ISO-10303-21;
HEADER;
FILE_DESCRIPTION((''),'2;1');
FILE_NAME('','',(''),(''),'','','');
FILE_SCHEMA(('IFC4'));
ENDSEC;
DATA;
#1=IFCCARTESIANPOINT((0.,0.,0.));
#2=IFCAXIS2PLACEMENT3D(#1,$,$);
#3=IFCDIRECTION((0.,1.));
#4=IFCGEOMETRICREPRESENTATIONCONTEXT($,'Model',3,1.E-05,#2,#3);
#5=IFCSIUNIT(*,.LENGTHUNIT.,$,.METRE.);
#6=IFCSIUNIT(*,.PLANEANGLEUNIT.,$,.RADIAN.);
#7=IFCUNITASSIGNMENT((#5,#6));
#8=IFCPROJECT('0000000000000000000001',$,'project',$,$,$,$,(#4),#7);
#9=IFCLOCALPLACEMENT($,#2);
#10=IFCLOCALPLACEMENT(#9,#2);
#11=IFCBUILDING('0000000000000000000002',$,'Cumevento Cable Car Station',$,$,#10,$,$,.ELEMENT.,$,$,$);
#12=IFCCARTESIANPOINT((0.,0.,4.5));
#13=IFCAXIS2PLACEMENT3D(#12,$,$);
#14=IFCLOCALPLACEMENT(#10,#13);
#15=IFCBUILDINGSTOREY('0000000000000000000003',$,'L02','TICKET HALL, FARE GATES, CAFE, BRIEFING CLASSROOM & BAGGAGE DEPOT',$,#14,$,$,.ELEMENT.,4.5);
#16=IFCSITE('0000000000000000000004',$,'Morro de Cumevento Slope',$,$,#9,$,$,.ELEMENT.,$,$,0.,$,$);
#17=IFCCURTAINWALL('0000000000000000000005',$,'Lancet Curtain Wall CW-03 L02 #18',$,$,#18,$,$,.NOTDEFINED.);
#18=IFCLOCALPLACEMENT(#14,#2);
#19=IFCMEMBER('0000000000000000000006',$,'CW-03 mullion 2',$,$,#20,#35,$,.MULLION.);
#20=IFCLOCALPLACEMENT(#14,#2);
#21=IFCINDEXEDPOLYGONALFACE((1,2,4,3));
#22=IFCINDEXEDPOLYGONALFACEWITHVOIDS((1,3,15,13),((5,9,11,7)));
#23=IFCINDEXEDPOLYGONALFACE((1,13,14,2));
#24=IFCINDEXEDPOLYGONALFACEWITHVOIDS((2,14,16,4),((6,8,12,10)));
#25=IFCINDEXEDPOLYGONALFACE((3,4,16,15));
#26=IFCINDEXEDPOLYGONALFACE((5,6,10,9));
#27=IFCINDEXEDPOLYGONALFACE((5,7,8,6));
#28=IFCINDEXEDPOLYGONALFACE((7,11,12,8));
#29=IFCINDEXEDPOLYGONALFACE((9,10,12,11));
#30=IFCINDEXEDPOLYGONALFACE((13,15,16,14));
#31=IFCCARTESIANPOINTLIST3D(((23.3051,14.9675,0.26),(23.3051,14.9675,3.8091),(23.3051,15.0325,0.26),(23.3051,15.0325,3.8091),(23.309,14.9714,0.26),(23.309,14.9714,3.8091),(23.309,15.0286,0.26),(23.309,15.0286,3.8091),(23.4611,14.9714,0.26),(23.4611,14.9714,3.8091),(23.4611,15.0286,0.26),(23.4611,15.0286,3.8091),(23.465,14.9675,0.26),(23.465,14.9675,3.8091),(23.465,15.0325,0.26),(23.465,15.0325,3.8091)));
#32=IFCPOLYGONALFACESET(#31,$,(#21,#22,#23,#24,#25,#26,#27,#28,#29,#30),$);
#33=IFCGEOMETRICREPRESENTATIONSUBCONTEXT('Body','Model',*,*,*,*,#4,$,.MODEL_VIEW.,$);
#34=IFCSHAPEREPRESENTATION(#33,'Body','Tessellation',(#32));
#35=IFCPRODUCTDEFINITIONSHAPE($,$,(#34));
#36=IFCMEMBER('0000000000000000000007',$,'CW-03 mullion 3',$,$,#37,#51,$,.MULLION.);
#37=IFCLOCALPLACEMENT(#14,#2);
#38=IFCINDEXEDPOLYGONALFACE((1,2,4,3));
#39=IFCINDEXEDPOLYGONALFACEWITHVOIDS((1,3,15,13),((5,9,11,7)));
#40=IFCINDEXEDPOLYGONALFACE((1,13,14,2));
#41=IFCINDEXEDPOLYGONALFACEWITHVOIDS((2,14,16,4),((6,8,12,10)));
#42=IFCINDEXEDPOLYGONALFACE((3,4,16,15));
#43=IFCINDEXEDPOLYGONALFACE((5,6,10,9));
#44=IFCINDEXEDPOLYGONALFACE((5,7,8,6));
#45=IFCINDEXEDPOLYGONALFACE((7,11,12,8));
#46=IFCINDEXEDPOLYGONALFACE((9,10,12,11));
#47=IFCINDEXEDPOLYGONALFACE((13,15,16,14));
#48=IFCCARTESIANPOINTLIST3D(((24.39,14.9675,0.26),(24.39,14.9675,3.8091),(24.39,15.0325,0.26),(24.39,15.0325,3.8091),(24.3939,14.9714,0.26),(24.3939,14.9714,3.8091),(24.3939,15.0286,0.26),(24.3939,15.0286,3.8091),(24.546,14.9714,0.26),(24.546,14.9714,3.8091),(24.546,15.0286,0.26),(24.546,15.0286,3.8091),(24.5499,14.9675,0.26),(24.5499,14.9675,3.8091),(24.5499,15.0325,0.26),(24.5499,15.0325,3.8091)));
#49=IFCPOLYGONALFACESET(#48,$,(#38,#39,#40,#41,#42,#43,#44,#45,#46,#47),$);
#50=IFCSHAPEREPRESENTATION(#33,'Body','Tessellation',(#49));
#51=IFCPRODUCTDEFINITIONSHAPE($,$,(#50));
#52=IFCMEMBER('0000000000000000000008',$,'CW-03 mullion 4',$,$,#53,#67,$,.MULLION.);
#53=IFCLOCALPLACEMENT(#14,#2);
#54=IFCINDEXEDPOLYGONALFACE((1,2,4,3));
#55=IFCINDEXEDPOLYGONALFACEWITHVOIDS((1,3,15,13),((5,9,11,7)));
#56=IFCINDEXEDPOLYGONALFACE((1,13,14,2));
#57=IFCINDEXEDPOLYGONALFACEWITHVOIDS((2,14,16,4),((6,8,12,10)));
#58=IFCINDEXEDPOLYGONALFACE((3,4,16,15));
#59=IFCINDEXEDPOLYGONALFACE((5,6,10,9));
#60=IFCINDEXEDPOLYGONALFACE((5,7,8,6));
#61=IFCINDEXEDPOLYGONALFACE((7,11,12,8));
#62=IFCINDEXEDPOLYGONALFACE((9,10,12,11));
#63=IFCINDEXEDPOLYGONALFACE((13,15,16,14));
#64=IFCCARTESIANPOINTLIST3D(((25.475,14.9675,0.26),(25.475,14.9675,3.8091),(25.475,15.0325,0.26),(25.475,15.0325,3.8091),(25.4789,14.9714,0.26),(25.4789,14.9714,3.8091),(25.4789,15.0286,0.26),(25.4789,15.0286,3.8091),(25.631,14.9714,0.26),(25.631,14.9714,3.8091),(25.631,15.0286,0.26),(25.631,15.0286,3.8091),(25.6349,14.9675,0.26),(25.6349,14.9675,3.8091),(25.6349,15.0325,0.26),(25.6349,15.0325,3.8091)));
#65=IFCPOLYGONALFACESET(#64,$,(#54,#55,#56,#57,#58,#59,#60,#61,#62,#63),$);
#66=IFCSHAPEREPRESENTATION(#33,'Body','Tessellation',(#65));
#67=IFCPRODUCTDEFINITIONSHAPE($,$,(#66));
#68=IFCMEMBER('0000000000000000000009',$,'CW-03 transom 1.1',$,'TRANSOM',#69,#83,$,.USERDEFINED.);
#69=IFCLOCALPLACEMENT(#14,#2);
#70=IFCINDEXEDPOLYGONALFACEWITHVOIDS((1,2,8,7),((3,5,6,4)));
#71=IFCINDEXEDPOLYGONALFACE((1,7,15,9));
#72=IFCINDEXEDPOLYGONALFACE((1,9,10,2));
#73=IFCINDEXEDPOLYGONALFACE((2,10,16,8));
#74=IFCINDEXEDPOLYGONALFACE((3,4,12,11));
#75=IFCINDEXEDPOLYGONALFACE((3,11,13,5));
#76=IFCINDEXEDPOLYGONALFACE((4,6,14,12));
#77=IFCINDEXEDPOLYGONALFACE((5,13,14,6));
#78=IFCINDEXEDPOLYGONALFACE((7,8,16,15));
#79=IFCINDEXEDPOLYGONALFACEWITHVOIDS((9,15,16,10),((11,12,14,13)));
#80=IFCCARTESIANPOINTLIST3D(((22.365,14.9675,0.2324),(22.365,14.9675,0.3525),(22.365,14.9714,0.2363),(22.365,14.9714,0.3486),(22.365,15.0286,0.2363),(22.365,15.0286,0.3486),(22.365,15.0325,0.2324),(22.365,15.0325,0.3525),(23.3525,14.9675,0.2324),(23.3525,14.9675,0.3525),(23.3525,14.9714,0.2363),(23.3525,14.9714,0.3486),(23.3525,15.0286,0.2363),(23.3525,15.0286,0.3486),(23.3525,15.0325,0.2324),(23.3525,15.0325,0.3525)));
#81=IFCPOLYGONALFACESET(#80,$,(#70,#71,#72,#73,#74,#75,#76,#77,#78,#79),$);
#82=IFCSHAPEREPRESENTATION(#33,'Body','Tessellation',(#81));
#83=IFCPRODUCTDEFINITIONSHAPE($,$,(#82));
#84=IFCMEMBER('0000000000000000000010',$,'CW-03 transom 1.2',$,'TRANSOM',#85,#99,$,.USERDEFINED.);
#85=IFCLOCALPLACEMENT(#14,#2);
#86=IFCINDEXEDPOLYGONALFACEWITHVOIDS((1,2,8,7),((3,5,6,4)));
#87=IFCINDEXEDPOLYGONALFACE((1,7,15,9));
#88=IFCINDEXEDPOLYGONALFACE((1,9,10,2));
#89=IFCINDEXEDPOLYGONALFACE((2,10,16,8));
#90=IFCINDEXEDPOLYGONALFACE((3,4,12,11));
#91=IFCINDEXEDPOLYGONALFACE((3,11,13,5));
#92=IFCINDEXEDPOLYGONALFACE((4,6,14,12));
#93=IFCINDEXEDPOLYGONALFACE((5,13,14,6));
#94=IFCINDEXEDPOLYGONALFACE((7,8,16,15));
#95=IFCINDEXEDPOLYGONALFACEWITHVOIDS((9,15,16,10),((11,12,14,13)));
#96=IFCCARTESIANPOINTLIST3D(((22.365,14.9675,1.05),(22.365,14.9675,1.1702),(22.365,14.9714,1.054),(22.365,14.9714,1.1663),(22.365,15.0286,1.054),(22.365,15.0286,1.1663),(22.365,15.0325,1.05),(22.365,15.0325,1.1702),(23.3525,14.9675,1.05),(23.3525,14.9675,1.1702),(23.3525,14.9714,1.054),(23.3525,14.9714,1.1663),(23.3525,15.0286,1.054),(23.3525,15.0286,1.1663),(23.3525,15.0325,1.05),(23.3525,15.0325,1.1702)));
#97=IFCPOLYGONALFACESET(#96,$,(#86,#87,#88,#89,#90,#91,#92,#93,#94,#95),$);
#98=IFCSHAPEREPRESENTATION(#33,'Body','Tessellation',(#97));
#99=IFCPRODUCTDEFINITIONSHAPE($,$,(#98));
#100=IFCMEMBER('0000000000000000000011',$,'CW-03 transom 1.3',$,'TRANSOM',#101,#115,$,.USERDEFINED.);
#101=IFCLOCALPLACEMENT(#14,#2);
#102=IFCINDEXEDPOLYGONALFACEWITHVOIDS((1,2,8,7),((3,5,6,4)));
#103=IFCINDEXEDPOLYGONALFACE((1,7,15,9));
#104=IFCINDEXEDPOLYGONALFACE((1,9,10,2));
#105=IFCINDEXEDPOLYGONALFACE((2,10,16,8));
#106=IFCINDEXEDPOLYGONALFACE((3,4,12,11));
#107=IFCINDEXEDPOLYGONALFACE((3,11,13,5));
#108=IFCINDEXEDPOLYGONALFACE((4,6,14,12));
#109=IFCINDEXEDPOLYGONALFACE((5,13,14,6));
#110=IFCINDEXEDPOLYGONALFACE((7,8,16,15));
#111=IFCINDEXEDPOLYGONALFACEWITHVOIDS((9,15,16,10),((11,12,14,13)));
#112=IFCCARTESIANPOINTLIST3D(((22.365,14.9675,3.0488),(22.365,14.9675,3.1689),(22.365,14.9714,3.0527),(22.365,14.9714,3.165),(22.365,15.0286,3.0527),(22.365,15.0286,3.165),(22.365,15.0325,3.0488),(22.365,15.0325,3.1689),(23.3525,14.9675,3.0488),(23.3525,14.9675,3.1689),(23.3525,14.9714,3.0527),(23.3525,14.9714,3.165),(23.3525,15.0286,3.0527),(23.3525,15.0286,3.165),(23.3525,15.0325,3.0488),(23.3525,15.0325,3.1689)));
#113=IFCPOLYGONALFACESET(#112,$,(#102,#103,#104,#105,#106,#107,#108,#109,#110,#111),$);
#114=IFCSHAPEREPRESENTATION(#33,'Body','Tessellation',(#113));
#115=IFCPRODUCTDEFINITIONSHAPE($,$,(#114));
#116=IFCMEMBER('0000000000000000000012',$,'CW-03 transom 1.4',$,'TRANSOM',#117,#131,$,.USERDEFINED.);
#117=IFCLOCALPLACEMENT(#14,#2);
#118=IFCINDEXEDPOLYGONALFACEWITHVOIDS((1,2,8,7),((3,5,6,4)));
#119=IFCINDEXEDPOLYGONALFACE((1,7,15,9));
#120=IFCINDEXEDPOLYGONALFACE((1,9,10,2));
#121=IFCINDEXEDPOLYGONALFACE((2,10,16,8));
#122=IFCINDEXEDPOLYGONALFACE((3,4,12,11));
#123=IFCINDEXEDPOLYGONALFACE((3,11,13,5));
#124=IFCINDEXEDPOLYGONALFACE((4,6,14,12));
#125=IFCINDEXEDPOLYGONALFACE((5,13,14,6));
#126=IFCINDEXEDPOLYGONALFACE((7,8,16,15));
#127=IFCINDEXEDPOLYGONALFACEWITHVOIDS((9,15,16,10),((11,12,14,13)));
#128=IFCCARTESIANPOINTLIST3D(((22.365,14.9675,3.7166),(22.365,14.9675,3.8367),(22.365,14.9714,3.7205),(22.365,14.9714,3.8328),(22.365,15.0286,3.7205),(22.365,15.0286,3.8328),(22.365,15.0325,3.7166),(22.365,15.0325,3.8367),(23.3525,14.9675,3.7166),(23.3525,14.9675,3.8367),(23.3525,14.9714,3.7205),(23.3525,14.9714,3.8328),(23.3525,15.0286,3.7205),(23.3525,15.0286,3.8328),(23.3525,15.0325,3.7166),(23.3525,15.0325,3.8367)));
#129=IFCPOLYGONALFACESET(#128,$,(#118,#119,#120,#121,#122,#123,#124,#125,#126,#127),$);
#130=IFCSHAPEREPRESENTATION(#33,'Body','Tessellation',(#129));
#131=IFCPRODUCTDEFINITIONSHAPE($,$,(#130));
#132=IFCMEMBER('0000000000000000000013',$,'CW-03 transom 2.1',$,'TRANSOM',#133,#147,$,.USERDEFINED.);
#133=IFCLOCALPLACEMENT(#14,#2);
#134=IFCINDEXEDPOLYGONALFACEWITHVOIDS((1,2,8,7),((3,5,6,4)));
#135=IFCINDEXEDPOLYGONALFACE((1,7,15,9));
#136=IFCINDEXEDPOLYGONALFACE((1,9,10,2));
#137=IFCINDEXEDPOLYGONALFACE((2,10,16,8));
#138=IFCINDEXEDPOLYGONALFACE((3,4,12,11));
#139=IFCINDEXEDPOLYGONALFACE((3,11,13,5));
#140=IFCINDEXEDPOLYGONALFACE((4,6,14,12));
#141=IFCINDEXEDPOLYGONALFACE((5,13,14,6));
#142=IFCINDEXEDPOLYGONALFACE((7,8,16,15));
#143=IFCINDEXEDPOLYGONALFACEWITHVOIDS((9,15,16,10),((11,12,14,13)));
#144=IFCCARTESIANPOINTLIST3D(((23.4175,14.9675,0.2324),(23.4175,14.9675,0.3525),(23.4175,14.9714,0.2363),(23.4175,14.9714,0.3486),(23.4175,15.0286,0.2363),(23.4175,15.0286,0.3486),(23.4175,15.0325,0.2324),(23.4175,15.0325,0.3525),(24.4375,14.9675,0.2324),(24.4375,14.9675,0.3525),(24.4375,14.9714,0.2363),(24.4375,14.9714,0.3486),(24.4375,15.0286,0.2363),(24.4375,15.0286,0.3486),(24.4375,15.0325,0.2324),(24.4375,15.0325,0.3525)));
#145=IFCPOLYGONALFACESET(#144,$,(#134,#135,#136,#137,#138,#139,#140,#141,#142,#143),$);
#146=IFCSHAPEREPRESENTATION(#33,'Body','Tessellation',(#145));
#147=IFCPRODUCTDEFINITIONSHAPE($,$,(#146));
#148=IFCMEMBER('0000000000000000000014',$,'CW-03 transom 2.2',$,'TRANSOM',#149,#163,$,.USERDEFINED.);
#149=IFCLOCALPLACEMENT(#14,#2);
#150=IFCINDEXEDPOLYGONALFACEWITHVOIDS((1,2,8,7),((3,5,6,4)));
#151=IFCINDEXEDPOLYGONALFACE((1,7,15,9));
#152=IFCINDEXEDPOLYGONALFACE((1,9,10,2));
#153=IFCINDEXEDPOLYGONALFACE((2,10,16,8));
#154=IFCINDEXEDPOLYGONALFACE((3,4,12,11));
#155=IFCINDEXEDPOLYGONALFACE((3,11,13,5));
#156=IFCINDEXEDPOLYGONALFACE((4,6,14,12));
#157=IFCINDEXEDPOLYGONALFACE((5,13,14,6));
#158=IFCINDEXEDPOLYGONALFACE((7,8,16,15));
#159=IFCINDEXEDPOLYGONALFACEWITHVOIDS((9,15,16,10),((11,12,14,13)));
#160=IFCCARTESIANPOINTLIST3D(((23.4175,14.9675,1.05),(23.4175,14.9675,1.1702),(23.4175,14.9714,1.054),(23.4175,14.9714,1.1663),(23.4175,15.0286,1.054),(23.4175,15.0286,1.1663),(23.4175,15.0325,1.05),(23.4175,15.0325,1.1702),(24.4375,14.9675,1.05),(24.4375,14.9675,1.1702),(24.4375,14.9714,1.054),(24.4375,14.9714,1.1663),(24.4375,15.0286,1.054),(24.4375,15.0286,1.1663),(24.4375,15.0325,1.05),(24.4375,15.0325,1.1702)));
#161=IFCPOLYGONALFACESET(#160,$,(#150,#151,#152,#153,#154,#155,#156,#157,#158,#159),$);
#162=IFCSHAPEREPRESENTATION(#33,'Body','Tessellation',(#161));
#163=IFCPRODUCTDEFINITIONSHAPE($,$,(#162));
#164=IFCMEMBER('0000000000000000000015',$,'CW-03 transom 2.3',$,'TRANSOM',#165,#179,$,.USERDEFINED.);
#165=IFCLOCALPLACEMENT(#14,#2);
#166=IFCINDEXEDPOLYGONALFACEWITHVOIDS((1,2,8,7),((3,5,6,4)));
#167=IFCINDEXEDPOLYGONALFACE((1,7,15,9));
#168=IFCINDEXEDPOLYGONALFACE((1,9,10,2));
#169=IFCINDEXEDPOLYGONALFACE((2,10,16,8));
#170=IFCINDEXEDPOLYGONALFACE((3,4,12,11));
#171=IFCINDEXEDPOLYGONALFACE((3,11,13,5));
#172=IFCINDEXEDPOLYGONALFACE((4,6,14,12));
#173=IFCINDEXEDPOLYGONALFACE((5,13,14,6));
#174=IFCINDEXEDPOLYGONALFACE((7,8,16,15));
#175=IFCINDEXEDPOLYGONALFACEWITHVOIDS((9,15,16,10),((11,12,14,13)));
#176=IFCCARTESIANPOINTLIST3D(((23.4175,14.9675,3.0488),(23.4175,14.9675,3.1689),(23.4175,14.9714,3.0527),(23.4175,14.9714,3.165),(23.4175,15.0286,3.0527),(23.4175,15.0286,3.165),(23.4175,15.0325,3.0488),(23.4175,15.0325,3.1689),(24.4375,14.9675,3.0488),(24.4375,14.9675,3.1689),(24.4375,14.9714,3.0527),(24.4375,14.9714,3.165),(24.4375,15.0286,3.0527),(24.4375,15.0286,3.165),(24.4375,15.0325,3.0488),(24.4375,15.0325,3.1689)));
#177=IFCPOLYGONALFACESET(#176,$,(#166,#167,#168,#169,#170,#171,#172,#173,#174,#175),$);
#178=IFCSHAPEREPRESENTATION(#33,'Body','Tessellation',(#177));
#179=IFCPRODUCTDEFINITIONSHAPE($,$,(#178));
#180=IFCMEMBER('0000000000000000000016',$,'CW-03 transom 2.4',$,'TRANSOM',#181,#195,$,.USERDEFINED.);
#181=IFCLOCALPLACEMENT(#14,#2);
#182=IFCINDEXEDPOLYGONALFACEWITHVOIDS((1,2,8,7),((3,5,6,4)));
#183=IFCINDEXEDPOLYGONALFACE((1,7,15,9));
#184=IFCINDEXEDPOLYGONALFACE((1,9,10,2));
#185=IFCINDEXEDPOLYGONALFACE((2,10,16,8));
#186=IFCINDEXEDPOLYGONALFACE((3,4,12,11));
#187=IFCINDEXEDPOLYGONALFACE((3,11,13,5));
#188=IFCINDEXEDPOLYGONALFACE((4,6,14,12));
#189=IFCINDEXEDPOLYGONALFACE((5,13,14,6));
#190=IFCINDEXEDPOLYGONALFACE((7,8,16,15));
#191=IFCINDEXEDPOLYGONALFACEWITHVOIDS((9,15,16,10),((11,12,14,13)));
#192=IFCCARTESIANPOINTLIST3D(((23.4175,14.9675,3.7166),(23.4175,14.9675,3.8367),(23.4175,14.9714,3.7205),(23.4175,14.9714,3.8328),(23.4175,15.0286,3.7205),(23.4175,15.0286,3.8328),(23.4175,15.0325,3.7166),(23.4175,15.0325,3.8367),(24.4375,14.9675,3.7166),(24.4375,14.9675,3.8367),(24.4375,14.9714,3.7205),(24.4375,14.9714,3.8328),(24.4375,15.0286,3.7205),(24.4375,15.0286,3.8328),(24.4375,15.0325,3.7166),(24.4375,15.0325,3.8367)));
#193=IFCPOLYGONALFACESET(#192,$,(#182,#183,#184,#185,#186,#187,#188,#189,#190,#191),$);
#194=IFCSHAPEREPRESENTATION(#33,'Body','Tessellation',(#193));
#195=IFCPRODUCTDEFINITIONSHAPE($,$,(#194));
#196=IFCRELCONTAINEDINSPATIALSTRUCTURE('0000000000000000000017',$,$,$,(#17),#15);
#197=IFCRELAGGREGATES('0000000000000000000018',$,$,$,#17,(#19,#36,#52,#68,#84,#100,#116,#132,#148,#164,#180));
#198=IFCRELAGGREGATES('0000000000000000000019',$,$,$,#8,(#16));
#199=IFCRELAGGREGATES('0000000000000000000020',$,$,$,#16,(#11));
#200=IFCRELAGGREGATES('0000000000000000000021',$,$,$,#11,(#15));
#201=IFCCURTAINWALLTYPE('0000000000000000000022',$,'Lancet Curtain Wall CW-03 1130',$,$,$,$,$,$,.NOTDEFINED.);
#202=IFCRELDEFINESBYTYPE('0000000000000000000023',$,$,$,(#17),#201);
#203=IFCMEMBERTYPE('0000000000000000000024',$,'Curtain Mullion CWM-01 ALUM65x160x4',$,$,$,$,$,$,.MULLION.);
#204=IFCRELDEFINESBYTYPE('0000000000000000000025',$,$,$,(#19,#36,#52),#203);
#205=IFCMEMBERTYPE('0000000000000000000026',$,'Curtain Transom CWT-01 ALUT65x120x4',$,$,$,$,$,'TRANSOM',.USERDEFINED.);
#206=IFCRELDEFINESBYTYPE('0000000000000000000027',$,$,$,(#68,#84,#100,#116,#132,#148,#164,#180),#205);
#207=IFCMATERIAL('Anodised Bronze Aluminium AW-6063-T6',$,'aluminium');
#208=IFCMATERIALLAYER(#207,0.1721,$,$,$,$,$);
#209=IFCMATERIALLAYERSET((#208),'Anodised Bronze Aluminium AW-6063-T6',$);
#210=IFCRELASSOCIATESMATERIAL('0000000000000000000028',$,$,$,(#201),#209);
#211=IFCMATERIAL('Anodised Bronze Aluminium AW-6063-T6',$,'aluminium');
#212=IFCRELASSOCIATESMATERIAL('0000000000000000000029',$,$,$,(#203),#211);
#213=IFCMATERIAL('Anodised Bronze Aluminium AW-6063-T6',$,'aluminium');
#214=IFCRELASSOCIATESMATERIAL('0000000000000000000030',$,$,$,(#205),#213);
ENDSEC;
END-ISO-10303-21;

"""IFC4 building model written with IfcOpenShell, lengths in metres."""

from ifc_helpers import new_model, si_unit, direction, frame, origin, origin_2d, place, context, subcontext, project, spatial, hollow_rectangle, extrude, material, layer, layer_set, material_profile, profile_set, type_object, element, aggregate, save


model = new_model("IFC4")

# Units and contexts
model_context = context("Model", 3, precision=1e-05, world=origin(), true_north=direction((0.0, 1.0)))
body_context = subcontext(model_context, "Body", "Model", "MODEL_VIEW")
ifc_project = project(units=[si_unit("LENGTHUNIT", "METRE"), si_unit("PLANEANGLEUNIT", "RADIAN")], contexts=[model_context])

# Site, building, storey
site_placement = place(None, origin())
site = spatial("IfcSite", under=ifc_project, at=site_placement, Name="Morro de Cumevento Slope", CompositionType="ELEMENT", RefElevation=0.0)
building_placement = place(site_placement, origin())
building = spatial("IfcBuilding", under=site, at=building_placement, Name="Cumevento Cable Car Station", CompositionType="ELEMENT")
storey_placement = place(building_placement, frame((0.0, 0.0, 4.5)))
storey = spatial("IfcBuildingStorey", under=building, at=storey_placement, Name="L02", Description="TICKET HALL, FARE GATES, CAFE, BRIEFING CLASSROOM & BAGGAGE DEPOT", CompositionType="ELEMENT", Elevation=4.5)

# Curtain wall, members
ifc_material_1 = material(Name="Anodised Bronze Aluminium AW-6063-T6", Category="aluminium")
ifc_layer_1 = layer(ifc_material_1, 0.1721)
ifc_layer_set_1 = layer_set([ifc_layer_1], Name="Anodised Bronze Aluminium AW-6063-T6")
curtain_wall_type = type_object("IfcCurtainWallType", Name="Lancet Curtain Wall CW-03 1130", PredefinedType="NOTDEFINED", material=ifc_layer_set_1)
curtain_wall_placement = place(storey_placement, origin())
curtain_wall = element("IfcCurtainWall", 1, at=curtain_wall_placement, inside=storey, type_object=curtain_wall_type, Name="Lancet Curtain Wall CW-03 L02 #18", PredefinedType="NOTDEFINED")
ifc_material_2 = material(Name="Anodised Bronze Aluminium AW-6063-T6", Category="aluminium")
ifc_material_profile_1 = material_profile(ifc_material_2, hollow_rectangle(XDim=0.0649, YDim=0.1599, WallThickness=0.0039, at=origin_2d()), Name="ALUM65x160x4")
ifc_profile_set_1 = profile_set([ifc_material_profile_1], Name="Anodised Bronze Aluminium AW-6063-T6")
member_type_1 = type_object("IfcMemberType", Name="Curtain Mullion CWM-01 ALUM65x160x4", PredefinedType="MULLION", material=ifc_profile_set_1)
member_1_placement = place(storey_placement, frame((23.385, 15.0, 0.26), z_axis=(0.0, 0.0, 1.0), x_axis=(0.0, 1.0, 0.0)))
member_1 = element("IfcMember", 2, at=member_1_placement, type_object=member_type_1, Name="CW-03 mullion 2", PredefinedType="MULLION", context=body_context, shape_type="SweptSolid", body=[
    extrude(hollow_rectangle(XDim=0.0649, YDim=0.1599, WallThickness=0.0039, at=origin_2d()), origin(), (0.0, 0.0, 1.0), 3.5491),
])
member_2_placement = place(storey_placement, frame((24.47, 15.0, 0.26), z_axis=(0.0, 0.0, 1.0), x_axis=(0.0, 1.0, 0.0)))
member_2 = element("IfcMember", 3, at=member_2_placement, type_object=member_type_1, Name="CW-03 mullion 3", PredefinedType="MULLION", context=body_context, shape_type="SweptSolid", body=[
    extrude(hollow_rectangle(XDim=0.0649, YDim=0.1599, WallThickness=0.0039, at=origin_2d()), origin(), (0.0, 0.0, 1.0), 3.5491),
])
member_3_placement = place(storey_placement, frame((25.5549, 15.0, 0.26), z_axis=(0.0, 0.0, 1.0), x_axis=(0.0, 1.0, 0.0)))
member_3 = element("IfcMember", 4, at=member_3_placement, type_object=member_type_1, Name="CW-03 mullion 4", PredefinedType="MULLION", context=body_context, shape_type="SweptSolid", body=[
    extrude(hollow_rectangle(XDim=0.0649, YDim=0.1599, WallThickness=0.0039, at=origin_2d()), origin(), (0.0, 0.0, 1.0), 3.5491),
])
ifc_material_3 = material(Name="Anodised Bronze Aluminium AW-6063-T6", Category="aluminium")
ifc_material_profile_2 = material_profile(ifc_material_3, hollow_rectangle(XDim=0.0649, YDim=0.1201, WallThickness=0.0039, at=origin_2d()), Name="ALUT65x120x4")
ifc_profile_set_2 = profile_set([ifc_material_profile_2], Name="Anodised Bronze Aluminium AW-6063-T6")
member_type_2 = type_object("IfcMemberType", Name="Curtain Transom CWT-01 ALUT65x120x4", ElementType="TRANSOM", PredefinedType="USERDEFINED", material=ifc_profile_set_2)
member_4_placement = place(storey_placement, frame((22.365, 15.0, 0.2925), z_axis=(1.0, 0.0, 0.0), x_axis=(0.0, 1.0, 0.0)))
member_4 = element("IfcMember", 5, at=member_4_placement, type_object=member_type_2, Name="CW-03 transom 1.1", ObjectType="TRANSOM", PredefinedType="USERDEFINED", context=body_context, shape_type="SweptSolid", body=[
    extrude(hollow_rectangle(XDim=0.0649, YDim=0.1201, WallThickness=0.0039, at=origin_2d()), origin(), (0.0, 0.0, 1.0), 0.9875),
])
member_5_placement = place(storey_placement, frame((22.365, 15.0, 1.1101), z_axis=(1.0, 0.0, 0.0), x_axis=(0.0, 1.0, 0.0)))
member_5 = element("IfcMember", 6, at=member_5_placement, type_object=member_type_2, Name="CW-03 transom 1.2", ObjectType="TRANSOM", PredefinedType="USERDEFINED", context=body_context, shape_type="SweptSolid", body=[
    extrude(hollow_rectangle(XDim=0.0649, YDim=0.1201, WallThickness=0.0039, at=origin_2d()), origin(), (0.0, 0.0, 1.0), 0.9875),
])
member_6_placement = place(storey_placement, frame((22.365, 15.0, 3.1089), z_axis=(1.0, 0.0, 0.0), x_axis=(0.0, 1.0, 0.0)))
member_6 = element("IfcMember", 7, at=member_6_placement, type_object=member_type_2, Name="CW-03 transom 1.3", ObjectType="TRANSOM", PredefinedType="USERDEFINED", context=body_context, shape_type="SweptSolid", body=[
    extrude(hollow_rectangle(XDim=0.0649, YDim=0.1201, WallThickness=0.0039, at=origin_2d()), origin(), (0.0, 0.0, 1.0), 0.9875),
])
member_7_placement = place(storey_placement, frame((22.365, 15.0, 3.7766), z_axis=(1.0, 0.0, 0.0), x_axis=(0.0, 1.0, 0.0)))
member_7 = element("IfcMember", 8, at=member_7_placement, type_object=member_type_2, Name="CW-03 transom 1.4", ObjectType="TRANSOM", PredefinedType="USERDEFINED", context=body_context, shape_type="SweptSolid", body=[
    extrude(hollow_rectangle(XDim=0.0649, YDim=0.1201, WallThickness=0.0039, at=origin_2d()), origin(), (0.0, 0.0, 1.0), 0.9875),
])
member_8_placement = place(storey_placement, frame((23.4175, 15.0, 0.2925), z_axis=(1.0, 0.0, 0.0), x_axis=(0.0, 1.0, 0.0)))
member_8 = element("IfcMember", 9, at=member_8_placement, type_object=member_type_2, Name="CW-03 transom 2.1", ObjectType="TRANSOM", PredefinedType="USERDEFINED", context=body_context, shape_type="SweptSolid", body=[
    extrude(hollow_rectangle(XDim=0.0649, YDim=0.1201, WallThickness=0.0039, at=origin_2d()), origin(), (0.0, 0.0, 1.0), 1.02),
])
member_9_placement = place(storey_placement, frame((23.4175, 15.0, 1.1101), z_axis=(1.0, 0.0, 0.0), x_axis=(0.0, 1.0, 0.0)))
member_9 = element("IfcMember", 10, at=member_9_placement, type_object=member_type_2, Name="CW-03 transom 2.2", ObjectType="TRANSOM", PredefinedType="USERDEFINED", context=body_context, shape_type="SweptSolid", body=[
    extrude(hollow_rectangle(XDim=0.0649, YDim=0.1201, WallThickness=0.0039, at=origin_2d()), origin(), (0.0, 0.0, 1.0), 1.02),
])
member_10_placement = place(storey_placement, frame((23.4175, 15.0, 3.1089), z_axis=(1.0, 0.0, 0.0), x_axis=(0.0, 1.0, 0.0)))
member_10 = element("IfcMember", 11, at=member_10_placement, type_object=member_type_2, Name="CW-03 transom 2.3", ObjectType="TRANSOM", PredefinedType="USERDEFINED", context=body_context, shape_type="SweptSolid", body=[
    extrude(hollow_rectangle(XDim=0.0649, YDim=0.1201, WallThickness=0.0039, at=origin_2d()), origin(), (0.0, 0.0, 1.0), 1.02),
])
member_11_placement = place(storey_placement, frame((23.4175, 15.0, 3.7766), z_axis=(1.0, 0.0, 0.0), x_axis=(0.0, 1.0, 0.0)))
member_11 = element("IfcMember", 12, at=member_11_placement, type_object=member_type_2, Name="CW-03 transom 2.4", ObjectType="TRANSOM", PredefinedType="USERDEFINED", context=body_context, shape_type="SweptSolid", body=[
    extrude(hollow_rectangle(XDim=0.0649, YDim=0.1201, WallThickness=0.0039, at=origin_2d()), origin(), (0.0, 0.0, 1.0), 1.02),
])
aggregate(curtain_wall, [member_1, member_2, member_3, member_4, member_5, member_6, member_7, member_8, member_9, member_10, member_11])

save(model, "model.ifc")
